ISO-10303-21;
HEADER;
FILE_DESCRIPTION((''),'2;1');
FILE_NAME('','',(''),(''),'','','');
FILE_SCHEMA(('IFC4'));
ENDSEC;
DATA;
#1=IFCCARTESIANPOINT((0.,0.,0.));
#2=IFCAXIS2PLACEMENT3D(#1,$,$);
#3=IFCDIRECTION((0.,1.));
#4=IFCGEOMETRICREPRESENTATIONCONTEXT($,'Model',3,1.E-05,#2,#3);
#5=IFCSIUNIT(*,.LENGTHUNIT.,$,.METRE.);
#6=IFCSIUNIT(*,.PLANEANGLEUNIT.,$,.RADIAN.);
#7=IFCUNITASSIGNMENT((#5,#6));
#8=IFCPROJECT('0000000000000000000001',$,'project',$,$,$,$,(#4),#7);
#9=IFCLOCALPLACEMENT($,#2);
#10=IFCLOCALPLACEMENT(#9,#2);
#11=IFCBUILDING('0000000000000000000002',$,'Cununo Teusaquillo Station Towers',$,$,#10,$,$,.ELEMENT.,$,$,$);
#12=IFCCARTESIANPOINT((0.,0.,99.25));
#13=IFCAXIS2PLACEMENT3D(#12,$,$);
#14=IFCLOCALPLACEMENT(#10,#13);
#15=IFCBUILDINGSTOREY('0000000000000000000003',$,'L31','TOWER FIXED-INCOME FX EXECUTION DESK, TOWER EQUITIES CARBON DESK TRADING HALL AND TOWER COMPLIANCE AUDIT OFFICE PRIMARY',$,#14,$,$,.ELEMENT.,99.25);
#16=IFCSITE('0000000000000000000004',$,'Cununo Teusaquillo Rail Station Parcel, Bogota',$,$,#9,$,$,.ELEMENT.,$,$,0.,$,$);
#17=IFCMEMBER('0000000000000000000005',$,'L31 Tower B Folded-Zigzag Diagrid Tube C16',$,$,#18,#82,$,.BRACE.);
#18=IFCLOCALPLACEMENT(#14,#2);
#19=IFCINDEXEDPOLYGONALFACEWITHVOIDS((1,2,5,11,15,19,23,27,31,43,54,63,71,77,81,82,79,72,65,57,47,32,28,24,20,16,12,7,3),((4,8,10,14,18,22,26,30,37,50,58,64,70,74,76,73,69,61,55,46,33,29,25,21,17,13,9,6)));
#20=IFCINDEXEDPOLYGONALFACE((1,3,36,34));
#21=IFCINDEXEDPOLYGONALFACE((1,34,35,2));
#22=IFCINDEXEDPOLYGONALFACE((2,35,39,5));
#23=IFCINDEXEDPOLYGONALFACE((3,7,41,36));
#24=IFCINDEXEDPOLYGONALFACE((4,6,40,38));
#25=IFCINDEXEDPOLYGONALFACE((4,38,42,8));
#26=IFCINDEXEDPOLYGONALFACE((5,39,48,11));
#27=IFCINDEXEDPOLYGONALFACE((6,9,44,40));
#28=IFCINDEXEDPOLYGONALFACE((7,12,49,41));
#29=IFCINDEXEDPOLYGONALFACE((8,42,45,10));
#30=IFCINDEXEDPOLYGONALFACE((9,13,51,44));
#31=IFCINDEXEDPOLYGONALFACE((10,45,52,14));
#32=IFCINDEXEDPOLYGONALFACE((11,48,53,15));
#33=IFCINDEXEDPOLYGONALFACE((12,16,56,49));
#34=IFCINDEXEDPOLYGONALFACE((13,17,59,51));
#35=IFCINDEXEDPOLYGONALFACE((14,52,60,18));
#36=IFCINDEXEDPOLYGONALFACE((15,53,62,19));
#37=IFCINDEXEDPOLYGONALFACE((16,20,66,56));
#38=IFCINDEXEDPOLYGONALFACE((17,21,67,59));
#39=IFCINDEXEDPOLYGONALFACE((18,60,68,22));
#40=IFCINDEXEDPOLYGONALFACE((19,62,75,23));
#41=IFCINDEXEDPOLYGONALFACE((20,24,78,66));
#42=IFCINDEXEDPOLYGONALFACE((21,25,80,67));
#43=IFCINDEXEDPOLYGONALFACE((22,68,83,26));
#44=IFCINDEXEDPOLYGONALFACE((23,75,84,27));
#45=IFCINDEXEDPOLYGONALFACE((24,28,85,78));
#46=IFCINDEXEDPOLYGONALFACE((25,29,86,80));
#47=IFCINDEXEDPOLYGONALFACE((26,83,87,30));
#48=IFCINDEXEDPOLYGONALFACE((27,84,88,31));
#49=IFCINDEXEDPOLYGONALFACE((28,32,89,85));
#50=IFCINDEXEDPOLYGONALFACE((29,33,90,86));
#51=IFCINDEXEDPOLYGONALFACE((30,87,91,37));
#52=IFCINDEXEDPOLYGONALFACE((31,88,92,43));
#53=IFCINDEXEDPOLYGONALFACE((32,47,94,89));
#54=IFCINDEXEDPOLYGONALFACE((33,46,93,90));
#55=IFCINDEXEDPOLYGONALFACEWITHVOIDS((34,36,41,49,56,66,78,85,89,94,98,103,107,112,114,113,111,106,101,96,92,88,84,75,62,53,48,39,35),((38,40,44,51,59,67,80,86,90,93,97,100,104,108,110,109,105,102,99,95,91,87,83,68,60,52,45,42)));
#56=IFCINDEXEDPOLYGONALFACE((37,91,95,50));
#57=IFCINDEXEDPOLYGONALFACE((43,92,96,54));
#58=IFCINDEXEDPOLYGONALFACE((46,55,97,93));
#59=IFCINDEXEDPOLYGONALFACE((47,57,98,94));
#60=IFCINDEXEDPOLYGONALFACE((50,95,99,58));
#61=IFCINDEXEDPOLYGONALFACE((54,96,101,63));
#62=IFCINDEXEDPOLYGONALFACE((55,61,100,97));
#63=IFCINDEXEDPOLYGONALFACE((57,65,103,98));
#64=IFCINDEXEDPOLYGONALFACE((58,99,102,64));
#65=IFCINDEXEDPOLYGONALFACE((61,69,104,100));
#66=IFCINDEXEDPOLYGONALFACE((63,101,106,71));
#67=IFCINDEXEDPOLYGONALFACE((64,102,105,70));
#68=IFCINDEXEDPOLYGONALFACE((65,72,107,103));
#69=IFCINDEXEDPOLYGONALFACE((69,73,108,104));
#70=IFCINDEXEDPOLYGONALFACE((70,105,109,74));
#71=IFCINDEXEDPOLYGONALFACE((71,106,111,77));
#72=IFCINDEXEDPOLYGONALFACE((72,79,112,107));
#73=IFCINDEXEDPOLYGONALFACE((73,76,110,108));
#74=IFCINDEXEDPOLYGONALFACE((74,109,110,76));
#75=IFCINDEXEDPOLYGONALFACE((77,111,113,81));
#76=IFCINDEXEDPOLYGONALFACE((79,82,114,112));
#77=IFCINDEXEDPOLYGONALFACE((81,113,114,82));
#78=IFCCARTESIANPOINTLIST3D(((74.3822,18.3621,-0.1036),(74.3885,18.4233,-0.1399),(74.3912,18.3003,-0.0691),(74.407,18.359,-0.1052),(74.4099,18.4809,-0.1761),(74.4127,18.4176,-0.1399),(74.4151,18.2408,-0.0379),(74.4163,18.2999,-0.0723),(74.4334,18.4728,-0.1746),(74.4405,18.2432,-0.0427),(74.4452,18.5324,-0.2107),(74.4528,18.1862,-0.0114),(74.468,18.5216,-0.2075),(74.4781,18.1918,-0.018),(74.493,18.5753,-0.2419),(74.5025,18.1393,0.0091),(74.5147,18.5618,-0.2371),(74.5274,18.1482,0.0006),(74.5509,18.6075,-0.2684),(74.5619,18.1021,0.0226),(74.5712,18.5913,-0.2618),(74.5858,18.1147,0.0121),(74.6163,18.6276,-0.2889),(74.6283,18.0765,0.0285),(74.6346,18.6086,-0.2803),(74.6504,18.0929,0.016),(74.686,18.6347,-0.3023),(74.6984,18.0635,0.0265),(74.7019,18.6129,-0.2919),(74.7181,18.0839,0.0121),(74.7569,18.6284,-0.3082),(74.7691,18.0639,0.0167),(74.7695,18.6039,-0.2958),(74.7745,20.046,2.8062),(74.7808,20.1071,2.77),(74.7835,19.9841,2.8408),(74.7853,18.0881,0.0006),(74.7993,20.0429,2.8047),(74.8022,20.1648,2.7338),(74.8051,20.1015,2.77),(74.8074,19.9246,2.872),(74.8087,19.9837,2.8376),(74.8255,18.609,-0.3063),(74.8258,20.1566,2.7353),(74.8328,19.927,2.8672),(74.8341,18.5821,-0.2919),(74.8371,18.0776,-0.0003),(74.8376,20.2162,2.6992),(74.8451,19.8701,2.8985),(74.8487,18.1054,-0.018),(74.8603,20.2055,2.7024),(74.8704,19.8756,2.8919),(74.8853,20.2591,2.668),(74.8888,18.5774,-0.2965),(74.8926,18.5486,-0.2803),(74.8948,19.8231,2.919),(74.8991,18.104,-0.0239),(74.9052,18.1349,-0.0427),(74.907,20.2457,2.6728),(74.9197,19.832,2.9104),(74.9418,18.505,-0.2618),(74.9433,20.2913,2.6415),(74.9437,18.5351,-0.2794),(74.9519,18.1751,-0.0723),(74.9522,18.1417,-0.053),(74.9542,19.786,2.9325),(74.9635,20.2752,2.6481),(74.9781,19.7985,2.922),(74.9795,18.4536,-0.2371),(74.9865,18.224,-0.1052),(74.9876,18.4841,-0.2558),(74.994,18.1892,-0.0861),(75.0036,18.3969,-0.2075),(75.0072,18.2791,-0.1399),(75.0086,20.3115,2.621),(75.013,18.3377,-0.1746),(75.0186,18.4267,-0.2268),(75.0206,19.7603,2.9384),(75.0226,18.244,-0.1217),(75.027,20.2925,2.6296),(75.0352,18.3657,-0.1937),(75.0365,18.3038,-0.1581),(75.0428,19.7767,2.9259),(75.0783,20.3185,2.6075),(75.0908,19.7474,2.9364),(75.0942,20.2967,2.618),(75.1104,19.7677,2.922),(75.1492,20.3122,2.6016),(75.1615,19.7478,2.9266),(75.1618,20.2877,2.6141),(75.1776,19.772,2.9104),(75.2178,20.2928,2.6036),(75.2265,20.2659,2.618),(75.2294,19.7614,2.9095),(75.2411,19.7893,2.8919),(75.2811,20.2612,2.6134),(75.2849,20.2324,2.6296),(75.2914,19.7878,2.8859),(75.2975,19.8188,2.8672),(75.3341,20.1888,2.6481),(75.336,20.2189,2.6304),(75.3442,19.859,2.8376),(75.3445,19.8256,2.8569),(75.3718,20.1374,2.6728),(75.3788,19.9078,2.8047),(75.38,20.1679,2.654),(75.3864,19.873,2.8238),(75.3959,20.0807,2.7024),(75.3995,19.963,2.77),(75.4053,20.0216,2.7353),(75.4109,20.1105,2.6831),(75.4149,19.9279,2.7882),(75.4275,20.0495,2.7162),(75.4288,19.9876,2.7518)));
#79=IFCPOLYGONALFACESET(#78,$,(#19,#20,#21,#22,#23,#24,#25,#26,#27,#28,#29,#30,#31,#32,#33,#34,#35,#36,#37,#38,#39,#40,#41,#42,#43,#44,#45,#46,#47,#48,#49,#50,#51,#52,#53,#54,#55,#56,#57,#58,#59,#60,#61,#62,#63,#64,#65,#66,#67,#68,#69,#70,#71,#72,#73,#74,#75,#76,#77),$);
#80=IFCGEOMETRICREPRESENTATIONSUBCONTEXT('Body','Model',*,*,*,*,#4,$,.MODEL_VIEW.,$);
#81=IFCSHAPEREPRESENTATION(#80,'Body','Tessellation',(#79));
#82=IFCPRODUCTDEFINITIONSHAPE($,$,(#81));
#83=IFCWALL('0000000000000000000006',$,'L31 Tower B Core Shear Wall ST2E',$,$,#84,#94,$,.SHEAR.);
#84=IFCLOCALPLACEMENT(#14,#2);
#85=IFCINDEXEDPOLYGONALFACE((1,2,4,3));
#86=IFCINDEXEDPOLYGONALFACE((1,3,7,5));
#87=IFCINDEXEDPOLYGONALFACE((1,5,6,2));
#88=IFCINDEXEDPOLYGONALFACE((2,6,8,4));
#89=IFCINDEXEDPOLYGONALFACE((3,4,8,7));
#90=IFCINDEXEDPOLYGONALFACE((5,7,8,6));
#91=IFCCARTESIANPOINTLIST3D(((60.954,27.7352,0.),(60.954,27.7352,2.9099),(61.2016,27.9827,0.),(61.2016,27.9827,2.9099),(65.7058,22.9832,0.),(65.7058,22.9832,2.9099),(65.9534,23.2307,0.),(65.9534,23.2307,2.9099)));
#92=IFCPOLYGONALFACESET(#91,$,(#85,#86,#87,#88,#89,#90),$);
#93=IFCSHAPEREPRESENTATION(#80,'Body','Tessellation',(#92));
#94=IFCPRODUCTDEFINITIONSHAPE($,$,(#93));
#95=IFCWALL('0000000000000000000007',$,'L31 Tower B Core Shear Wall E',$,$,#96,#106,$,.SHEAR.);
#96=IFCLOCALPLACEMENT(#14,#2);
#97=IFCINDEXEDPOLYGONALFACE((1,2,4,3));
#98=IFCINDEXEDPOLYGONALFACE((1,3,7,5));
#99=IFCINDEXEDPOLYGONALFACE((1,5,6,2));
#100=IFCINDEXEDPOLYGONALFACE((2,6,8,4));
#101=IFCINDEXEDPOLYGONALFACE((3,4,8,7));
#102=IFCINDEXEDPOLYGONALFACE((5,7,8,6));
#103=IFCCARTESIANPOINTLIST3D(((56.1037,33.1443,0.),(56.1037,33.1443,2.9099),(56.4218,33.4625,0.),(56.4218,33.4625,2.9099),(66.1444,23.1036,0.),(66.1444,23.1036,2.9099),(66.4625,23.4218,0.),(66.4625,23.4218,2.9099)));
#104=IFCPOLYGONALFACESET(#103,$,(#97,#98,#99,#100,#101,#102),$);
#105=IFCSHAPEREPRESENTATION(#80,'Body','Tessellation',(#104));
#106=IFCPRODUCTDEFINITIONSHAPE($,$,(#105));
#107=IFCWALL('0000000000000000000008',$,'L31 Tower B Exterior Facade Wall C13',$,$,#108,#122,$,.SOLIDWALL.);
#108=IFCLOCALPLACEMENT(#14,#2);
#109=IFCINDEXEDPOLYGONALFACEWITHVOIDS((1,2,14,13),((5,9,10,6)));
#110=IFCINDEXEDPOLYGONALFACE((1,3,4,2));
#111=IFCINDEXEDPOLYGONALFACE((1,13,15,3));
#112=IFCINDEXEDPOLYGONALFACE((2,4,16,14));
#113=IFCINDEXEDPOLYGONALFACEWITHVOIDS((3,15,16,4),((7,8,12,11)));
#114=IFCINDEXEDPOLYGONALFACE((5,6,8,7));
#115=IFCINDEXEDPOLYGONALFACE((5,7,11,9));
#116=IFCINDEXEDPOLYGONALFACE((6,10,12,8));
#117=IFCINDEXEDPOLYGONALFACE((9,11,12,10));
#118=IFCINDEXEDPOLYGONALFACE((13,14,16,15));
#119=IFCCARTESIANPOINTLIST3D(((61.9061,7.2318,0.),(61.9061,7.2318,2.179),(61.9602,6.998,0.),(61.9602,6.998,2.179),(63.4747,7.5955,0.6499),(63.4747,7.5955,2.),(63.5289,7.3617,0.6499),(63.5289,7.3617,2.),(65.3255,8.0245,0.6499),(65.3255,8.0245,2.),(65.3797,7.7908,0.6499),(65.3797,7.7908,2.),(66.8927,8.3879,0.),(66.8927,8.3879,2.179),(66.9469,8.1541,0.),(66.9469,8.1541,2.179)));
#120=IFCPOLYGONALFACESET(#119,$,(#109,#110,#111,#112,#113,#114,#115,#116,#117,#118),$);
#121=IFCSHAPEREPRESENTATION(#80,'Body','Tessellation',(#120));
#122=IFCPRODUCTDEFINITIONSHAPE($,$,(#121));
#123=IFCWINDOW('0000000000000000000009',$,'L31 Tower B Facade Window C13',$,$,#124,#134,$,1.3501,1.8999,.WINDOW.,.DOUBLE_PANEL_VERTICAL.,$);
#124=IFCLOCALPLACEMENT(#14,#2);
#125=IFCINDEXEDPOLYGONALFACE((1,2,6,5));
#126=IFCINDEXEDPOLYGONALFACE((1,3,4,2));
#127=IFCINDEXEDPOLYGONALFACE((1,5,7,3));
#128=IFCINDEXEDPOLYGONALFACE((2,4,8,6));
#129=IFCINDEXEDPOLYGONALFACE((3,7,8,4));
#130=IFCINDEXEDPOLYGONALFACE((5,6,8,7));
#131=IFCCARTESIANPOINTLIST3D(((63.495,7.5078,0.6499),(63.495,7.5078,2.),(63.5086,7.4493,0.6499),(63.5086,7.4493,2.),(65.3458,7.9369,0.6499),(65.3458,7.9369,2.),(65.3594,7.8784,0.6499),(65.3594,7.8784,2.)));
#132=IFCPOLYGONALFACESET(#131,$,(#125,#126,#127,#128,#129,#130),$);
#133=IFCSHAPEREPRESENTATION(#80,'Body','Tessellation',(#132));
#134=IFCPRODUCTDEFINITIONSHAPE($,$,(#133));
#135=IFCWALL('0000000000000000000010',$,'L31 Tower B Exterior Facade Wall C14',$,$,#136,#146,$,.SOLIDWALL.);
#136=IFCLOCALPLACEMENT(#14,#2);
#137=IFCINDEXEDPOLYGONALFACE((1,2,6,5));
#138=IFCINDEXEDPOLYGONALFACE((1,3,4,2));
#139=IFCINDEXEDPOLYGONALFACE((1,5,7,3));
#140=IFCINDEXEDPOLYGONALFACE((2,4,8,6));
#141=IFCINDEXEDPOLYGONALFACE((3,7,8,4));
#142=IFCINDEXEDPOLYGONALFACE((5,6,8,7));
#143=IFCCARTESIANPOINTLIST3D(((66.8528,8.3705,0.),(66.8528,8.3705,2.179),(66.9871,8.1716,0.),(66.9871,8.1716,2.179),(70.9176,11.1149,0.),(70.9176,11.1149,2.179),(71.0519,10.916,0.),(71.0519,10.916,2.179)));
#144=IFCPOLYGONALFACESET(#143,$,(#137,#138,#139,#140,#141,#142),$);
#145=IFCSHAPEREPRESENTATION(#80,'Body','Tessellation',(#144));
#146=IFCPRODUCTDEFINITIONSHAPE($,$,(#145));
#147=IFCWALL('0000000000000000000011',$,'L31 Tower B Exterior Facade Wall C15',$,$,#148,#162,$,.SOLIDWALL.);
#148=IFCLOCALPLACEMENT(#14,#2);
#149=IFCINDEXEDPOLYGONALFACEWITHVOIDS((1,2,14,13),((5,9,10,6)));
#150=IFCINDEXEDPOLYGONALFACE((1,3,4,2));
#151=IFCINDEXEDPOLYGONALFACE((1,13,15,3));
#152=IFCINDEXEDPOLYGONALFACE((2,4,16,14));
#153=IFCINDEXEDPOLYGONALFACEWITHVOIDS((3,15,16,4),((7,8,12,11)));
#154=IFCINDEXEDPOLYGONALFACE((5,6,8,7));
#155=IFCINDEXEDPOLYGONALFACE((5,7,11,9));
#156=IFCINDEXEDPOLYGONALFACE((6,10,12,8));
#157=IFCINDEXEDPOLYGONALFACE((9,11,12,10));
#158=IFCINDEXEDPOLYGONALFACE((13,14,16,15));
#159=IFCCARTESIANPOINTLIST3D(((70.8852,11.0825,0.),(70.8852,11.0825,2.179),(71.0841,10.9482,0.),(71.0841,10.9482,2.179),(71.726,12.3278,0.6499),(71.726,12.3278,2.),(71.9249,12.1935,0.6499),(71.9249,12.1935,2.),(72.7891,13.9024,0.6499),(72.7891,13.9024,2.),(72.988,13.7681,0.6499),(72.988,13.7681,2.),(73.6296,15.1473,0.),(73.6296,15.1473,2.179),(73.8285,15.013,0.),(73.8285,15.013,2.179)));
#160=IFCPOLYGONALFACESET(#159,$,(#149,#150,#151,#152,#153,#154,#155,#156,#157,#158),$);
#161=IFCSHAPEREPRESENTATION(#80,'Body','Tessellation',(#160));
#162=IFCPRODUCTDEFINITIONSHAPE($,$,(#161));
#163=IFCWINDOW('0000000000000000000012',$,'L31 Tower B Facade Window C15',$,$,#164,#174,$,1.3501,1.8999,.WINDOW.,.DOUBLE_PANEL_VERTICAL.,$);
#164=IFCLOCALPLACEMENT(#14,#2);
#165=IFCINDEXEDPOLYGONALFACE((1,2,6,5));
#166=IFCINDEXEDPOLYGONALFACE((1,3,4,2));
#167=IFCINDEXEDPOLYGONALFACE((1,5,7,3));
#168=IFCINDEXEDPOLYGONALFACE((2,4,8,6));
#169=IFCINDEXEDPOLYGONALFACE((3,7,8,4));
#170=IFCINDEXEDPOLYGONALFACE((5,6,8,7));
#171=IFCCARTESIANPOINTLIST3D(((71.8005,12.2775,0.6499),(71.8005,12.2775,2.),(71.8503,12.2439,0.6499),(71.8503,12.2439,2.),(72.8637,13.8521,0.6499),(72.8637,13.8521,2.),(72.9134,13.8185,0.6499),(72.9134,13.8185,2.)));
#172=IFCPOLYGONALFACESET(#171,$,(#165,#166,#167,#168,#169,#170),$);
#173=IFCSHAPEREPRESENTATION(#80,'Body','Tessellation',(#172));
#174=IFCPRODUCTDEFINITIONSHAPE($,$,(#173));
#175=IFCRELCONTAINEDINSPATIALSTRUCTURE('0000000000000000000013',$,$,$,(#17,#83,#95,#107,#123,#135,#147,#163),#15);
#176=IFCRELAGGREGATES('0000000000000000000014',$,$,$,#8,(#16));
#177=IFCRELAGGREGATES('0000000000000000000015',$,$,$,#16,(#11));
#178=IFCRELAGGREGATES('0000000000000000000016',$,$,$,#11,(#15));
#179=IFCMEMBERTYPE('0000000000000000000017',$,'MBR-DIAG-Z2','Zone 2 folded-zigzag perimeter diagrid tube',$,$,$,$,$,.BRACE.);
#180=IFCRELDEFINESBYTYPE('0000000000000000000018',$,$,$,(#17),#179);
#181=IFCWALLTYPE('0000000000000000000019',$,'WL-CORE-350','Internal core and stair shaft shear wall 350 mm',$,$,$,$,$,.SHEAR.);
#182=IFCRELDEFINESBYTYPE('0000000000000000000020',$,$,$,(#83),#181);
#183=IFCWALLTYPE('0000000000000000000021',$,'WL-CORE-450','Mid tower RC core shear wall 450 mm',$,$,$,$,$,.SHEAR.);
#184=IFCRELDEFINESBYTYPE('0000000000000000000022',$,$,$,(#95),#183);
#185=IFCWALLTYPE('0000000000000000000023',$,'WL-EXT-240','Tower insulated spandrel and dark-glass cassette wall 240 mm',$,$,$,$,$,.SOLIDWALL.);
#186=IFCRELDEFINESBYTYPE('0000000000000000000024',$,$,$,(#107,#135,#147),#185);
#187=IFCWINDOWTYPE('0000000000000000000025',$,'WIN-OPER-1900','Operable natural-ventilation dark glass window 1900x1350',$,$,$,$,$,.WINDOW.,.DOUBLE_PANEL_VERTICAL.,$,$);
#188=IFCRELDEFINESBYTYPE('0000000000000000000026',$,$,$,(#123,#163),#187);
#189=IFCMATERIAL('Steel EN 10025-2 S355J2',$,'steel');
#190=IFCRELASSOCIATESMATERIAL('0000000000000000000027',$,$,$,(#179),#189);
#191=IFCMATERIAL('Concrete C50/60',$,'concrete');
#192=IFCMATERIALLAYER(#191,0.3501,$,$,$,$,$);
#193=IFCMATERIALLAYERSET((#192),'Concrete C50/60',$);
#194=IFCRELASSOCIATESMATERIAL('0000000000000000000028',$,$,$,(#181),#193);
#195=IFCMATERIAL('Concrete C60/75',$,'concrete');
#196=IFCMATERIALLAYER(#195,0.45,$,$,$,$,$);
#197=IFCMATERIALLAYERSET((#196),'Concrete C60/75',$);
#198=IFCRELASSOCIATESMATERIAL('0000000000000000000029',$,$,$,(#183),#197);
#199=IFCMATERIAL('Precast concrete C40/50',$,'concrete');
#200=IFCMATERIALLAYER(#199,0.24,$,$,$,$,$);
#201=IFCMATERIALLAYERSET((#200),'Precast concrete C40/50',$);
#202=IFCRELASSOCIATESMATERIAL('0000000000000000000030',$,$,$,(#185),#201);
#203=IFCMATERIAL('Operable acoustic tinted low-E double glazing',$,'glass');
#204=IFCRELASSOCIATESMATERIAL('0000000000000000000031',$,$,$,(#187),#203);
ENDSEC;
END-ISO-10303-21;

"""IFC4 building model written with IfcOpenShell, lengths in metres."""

from ifc_helpers import new_model, si_unit, direction, frame, frame_2d, origin, origin_2d, place, context, subcontext, project, spatial, rectangle, hollow_circle, extrude, source, transform, mapped, material, layer, layer_set, material_profile, profile_set, type_object, element, fill, save


model = new_model("IFC4")

# Units and contexts
model_context = context("Model", 3, precision=1e-05, world=origin(), true_north=direction((0.0, 1.0)))
body_context = subcontext(model_context, "Body", "Model", "MODEL_VIEW")
ifc_project = project(units=[si_unit("LENGTHUNIT", "METRE"), si_unit("PLANEANGLEUNIT", "RADIAN")], contexts=[model_context])

# Site, building, storey
site_placement = place(None, origin())
site = spatial("IfcSite", under=ifc_project, at=site_placement, Name="Cununo Teusaquillo Rail Station Parcel, Bogota", CompositionType="ELEMENT", RefElevation=0.0)
building_placement = place(site_placement, origin())
building = spatial("IfcBuilding", under=site, at=building_placement, Name="Cununo Teusaquillo Station Towers", CompositionType="ELEMENT")
storey_placement = place(building_placement, frame((0.0, 0.0, 99.25)))
storey = spatial("IfcBuildingStorey", under=building, at=storey_placement, Name="L31", Description="TOWER FIXED-INCOME FX EXECUTION DESK, TOWER EQUITIES CARBON DESK TRADING HALL AND TOWER COMPLIANCE AUDIT OFFICE PRIMARY", CompositionType="ELEMENT", Elevation=99.25)

# Member
ifc_material_1 = material(Name="Steel EN 10025-2 S355J2", Category="steel")
ifc_material_profile_1 = material_profile(ifc_material_1, hollow_circle(Radius=0.3301, WallThickness=0.0249, at=origin_2d()), Name="CHS 660x25")
ifc_profile_set_1 = profile_set([ifc_material_profile_1], Name="Steel EN 10025-2 S355J2")
member_type = type_object("IfcMemberType", Name="MBR-DIAG-Z2", Description="Zone 2 folded-zigzag perimeter diagrid tube", PredefinedType="BRACE", material=ifc_profile_set_1)
member_1_placement = place(storey_placement, frame((74.71, 18.3484, -0.1399), z_axis=(0.115911, 0.497471, 0.859702), x_axis=(-0.973913, 0.226922, 0.0)))
element("IfcMember", 1, at=member_1_placement, inside=storey, type_object=member_type, Name="L31 Tower B Folded-Zigzag Diagrid Tube C16", PredefinedType="BRACE", context=body_context, shape_type="SweptSolid", body=[
    extrude(hollow_circle(Radius=0.3301, WallThickness=0.0249, at=origin_2d()), origin(), (0.0, 0.0, 1.0), 3.3848),
])

# Walls
ifc_material_2 = material(Name="Concrete C50/60", Category="concrete")
ifc_layer_1 = layer(ifc_material_2, 0.3501)
ifc_layer_set_1 = layer_set([ifc_layer_1], Name="Concrete C50/60")
wall_type_1 = type_object("IfcWallType", Name="WL-CORE-350", Description="Internal core and stair shaft shear wall 350 mm", PredefinedType="SHEAR", material=ifc_layer_set_1)
wall_1_placement = place(storey_placement, frame((65.8296, 23.1069, 0.0), z_axis=(0.0, 0.0, 1.0), x_axis=(-0.707089, 0.707125, 0.0)))
element("IfcWall", 2, at=wall_1_placement, inside=storey, type_object=wall_type_1, Name="L31 Tower B Core Shear Wall ST2E", PredefinedType="SHEAR", context=body_context, shape_type="SweptSolid", body=[
    extrude(rectangle(XDim=6.7202, YDim=0.3501, at=frame_2d((3.3601, 0.0))), origin(), (0.0, 0.0, 1.0), 2.9099),
])
ifc_material_3 = material(Name="Concrete C60/75", Category="concrete")
ifc_layer_2 = layer(ifc_material_3, 0.45)
ifc_layer_set_2 = layer_set([ifc_layer_2], Name="Concrete C60/75")
wall_type_2 = type_object("IfcWallType", Name="WL-CORE-450", Description="Mid tower RC core shear wall 450 mm", PredefinedType="SHEAR", material=ifc_layer_set_2)
wall_2_placement = place(storey_placement, frame((66.3035, 23.2627, 0.0), z_axis=(0.0, 0.0, 1.0), x_axis=(-0.707107, 0.707107, 0.0)))
element("IfcWall", 3, at=wall_2_placement, inside=storey, type_object=wall_type_2, Name="L31 Tower B Core Shear Wall E", PredefinedType="SHEAR", context=body_context, shape_type="SweptSolid", body=[
    extrude(rectangle(XDim=14.1997, YDim=0.45, at=frame_2d((7.0999, 0.0))), origin(), (0.0, 0.0, 1.0), 2.9099),
])

# Wall, opening, window
ifc_material_4 = material(Name="Precast concrete C40/50", Category="concrete")
ifc_layer_3 = layer(ifc_material_4, 0.24)
ifc_layer_set_3 = layer_set([ifc_layer_3], Name="Precast concrete C40/50")
wall_type_3 = type_object("IfcWallType", Name="WL-EXT-240", Description="Tower insulated spandrel and dark-glass cassette wall 240 mm", PredefinedType="SOLIDWALL", material=ifc_layer_set_3)
wall_3_placement = place(storey_placement, frame((66.9199, 8.271, 0.0), z_axis=(0.0, 0.0, 1.0), x_axis=(-0.974166, -0.225835, 0.0)))
wall_3 = element("IfcWall", 4, at=wall_3_placement, inside=storey, type_object=wall_type_3, Name="L31 Tower B Exterior Facade Wall C13", PredefinedType="SOLIDWALL", context=body_context, shape_type="SweptSolid", body=[
    extrude(rectangle(XDim=5.1189, YDim=0.24, at=frame_2d((2.5596, 0.0))), origin(), (0.0, 0.0, 1.0), 2.179),
])
shared_shape_1 = source(origin(), body_context, "Body", "SweptSolid", [
    extrude(rectangle(XDim=1.8999, YDim=1.3501, at=frame_2d((0.95, 0.675))), frame((0.0, 0.1299, 0.0), z_axis=(0.0, -1.0, 0.0), x_axis=(1.0, 0.0, 0.0)), (0.0, 0.0, 1.0), 0.26),
])
opening_1_placement = place(wall_3_placement, frame((1.6089, 0.0, 0.6499)))
opening_1 = element("IfcOpeningElement", 5, at=opening_1_placement, cuts=wall_3, PredefinedType="OPENING", context=body_context, shape_type="MappedRepresentation", body=[
    mapped(shared_shape_1, transform((0.0, 0.0, 0.0), x_axis=(1.0, 0.0, 0.0), y_axis=(0.0, 1.0, 0.0), z_axis=(0.0, 0.0, 1.0), scale=1.0)),
])
ifc_material_5 = material(Name="Operable acoustic tinted low-E double glazing", Category="glass")
window_type = type_object("IfcWindowType", Name="WIN-OPER-1900", Description="Operable natural-ventilation dark glass window 1900x1350", PartitioningType="DOUBLE_PANEL_VERTICAL", PredefinedType="WINDOW", material=ifc_material_5)
shared_shape_2 = source(origin(), body_context, "Body", "SweptSolid", [
    extrude(rectangle(XDim=1.8999, YDim=1.3501, at=frame_2d((0.95, 0.675))), frame((0.0, 0.03, 0.0), z_axis=(0.0, -1.0, 0.0), x_axis=(1.0, 0.0, 0.0)), (0.0, 0.0, 1.0), 0.0601),
])
window_1_placement = place(opening_1_placement, origin())
window_1 = element("IfcWindow", 6, at=window_1_placement, inside=storey, type_object=window_type, Name="L31 Tower B Facade Window C13", OverallHeight=1.3501, OverallWidth=1.8999, PartitioningType="DOUBLE_PANEL_VERTICAL", PredefinedType="WINDOW", context=body_context, shape_type="MappedRepresentation", body=[
    mapped(shared_shape_2, transform((0.0, 0.0, 0.0), x_axis=(1.0, 0.0, 0.0), y_axis=(0.0, 1.0, 0.0), z_axis=(0.0, 0.0, 1.0), scale=1.0)),
])
fill(opening_1, window_1)

# Wall
wall_4_placement = place(storey_placement, frame((70.9846, 11.0154, 0.0), z_axis=(0.0, 0.0, 1.0), x_axis=(-0.828781, -0.559573, 0.0)))
element("IfcWall", 7, at=wall_4_placement, inside=storey, type_object=wall_type_3, Name="L31 Tower B Exterior Facade Wall C14", PredefinedType="SOLIDWALL", context=body_context, shape_type="SweptSolid", body=[
    extrude(rectangle(XDim=4.9045, YDim=0.24, at=frame_2d((2.4521, 0.0))), origin(), (0.0, 0.0, 1.0), 2.179),
])

# Wall, opening, window
wall_5_placement = place(storey_placement, frame((73.729, 15.0801, 0.0), z_axis=(0.0, 0.0, 1.0), x_axis=(-0.559573, -0.828781, 0.0)))
wall_5 = element("IfcWall", 8, at=wall_5_placement, inside=storey, type_object=wall_type_3, Name="L31 Tower B Exterior Facade Wall C15", PredefinedType="SOLIDWALL", context=body_context, shape_type="SweptSolid", body=[
    extrude(rectangle(XDim=4.9045, YDim=0.24, at=frame_2d((2.4521, 0.0))), origin(), (0.0, 0.0, 1.0), 2.179),
])
opening_2_placement = place(wall_5_placement, frame((1.502, 0.0, 0.6499)))
opening_2 = element("IfcOpeningElement", 9, at=opening_2_placement, cuts=wall_5, PredefinedType="OPENING", context=body_context, shape_type="MappedRepresentation", body=[
    mapped(shared_shape_1, transform((0.0, 0.0, 0.0), x_axis=(1.0, 0.0, 0.0), y_axis=(0.0, 1.0, 0.0), z_axis=(0.0, 0.0, 1.0), scale=1.0)),
])
window_2_placement = place(opening_2_placement, origin())
window_2 = element("IfcWindow", 10, at=window_2_placement, inside=storey, type_object=window_type, Name="L31 Tower B Facade Window C15", OverallHeight=1.3501, OverallWidth=1.8999, PartitioningType="DOUBLE_PANEL_VERTICAL", PredefinedType="WINDOW", context=body_context, shape_type="MappedRepresentation", body=[
    mapped(shared_shape_2, transform((0.0, 0.0, 0.0), x_axis=(1.0, 0.0, 0.0), y_axis=(0.0, 1.0, 0.0), z_axis=(0.0, 0.0, 1.0), scale=1.0)),
])
fill(opening_2, window_2)

save(model, "model.ifc")
